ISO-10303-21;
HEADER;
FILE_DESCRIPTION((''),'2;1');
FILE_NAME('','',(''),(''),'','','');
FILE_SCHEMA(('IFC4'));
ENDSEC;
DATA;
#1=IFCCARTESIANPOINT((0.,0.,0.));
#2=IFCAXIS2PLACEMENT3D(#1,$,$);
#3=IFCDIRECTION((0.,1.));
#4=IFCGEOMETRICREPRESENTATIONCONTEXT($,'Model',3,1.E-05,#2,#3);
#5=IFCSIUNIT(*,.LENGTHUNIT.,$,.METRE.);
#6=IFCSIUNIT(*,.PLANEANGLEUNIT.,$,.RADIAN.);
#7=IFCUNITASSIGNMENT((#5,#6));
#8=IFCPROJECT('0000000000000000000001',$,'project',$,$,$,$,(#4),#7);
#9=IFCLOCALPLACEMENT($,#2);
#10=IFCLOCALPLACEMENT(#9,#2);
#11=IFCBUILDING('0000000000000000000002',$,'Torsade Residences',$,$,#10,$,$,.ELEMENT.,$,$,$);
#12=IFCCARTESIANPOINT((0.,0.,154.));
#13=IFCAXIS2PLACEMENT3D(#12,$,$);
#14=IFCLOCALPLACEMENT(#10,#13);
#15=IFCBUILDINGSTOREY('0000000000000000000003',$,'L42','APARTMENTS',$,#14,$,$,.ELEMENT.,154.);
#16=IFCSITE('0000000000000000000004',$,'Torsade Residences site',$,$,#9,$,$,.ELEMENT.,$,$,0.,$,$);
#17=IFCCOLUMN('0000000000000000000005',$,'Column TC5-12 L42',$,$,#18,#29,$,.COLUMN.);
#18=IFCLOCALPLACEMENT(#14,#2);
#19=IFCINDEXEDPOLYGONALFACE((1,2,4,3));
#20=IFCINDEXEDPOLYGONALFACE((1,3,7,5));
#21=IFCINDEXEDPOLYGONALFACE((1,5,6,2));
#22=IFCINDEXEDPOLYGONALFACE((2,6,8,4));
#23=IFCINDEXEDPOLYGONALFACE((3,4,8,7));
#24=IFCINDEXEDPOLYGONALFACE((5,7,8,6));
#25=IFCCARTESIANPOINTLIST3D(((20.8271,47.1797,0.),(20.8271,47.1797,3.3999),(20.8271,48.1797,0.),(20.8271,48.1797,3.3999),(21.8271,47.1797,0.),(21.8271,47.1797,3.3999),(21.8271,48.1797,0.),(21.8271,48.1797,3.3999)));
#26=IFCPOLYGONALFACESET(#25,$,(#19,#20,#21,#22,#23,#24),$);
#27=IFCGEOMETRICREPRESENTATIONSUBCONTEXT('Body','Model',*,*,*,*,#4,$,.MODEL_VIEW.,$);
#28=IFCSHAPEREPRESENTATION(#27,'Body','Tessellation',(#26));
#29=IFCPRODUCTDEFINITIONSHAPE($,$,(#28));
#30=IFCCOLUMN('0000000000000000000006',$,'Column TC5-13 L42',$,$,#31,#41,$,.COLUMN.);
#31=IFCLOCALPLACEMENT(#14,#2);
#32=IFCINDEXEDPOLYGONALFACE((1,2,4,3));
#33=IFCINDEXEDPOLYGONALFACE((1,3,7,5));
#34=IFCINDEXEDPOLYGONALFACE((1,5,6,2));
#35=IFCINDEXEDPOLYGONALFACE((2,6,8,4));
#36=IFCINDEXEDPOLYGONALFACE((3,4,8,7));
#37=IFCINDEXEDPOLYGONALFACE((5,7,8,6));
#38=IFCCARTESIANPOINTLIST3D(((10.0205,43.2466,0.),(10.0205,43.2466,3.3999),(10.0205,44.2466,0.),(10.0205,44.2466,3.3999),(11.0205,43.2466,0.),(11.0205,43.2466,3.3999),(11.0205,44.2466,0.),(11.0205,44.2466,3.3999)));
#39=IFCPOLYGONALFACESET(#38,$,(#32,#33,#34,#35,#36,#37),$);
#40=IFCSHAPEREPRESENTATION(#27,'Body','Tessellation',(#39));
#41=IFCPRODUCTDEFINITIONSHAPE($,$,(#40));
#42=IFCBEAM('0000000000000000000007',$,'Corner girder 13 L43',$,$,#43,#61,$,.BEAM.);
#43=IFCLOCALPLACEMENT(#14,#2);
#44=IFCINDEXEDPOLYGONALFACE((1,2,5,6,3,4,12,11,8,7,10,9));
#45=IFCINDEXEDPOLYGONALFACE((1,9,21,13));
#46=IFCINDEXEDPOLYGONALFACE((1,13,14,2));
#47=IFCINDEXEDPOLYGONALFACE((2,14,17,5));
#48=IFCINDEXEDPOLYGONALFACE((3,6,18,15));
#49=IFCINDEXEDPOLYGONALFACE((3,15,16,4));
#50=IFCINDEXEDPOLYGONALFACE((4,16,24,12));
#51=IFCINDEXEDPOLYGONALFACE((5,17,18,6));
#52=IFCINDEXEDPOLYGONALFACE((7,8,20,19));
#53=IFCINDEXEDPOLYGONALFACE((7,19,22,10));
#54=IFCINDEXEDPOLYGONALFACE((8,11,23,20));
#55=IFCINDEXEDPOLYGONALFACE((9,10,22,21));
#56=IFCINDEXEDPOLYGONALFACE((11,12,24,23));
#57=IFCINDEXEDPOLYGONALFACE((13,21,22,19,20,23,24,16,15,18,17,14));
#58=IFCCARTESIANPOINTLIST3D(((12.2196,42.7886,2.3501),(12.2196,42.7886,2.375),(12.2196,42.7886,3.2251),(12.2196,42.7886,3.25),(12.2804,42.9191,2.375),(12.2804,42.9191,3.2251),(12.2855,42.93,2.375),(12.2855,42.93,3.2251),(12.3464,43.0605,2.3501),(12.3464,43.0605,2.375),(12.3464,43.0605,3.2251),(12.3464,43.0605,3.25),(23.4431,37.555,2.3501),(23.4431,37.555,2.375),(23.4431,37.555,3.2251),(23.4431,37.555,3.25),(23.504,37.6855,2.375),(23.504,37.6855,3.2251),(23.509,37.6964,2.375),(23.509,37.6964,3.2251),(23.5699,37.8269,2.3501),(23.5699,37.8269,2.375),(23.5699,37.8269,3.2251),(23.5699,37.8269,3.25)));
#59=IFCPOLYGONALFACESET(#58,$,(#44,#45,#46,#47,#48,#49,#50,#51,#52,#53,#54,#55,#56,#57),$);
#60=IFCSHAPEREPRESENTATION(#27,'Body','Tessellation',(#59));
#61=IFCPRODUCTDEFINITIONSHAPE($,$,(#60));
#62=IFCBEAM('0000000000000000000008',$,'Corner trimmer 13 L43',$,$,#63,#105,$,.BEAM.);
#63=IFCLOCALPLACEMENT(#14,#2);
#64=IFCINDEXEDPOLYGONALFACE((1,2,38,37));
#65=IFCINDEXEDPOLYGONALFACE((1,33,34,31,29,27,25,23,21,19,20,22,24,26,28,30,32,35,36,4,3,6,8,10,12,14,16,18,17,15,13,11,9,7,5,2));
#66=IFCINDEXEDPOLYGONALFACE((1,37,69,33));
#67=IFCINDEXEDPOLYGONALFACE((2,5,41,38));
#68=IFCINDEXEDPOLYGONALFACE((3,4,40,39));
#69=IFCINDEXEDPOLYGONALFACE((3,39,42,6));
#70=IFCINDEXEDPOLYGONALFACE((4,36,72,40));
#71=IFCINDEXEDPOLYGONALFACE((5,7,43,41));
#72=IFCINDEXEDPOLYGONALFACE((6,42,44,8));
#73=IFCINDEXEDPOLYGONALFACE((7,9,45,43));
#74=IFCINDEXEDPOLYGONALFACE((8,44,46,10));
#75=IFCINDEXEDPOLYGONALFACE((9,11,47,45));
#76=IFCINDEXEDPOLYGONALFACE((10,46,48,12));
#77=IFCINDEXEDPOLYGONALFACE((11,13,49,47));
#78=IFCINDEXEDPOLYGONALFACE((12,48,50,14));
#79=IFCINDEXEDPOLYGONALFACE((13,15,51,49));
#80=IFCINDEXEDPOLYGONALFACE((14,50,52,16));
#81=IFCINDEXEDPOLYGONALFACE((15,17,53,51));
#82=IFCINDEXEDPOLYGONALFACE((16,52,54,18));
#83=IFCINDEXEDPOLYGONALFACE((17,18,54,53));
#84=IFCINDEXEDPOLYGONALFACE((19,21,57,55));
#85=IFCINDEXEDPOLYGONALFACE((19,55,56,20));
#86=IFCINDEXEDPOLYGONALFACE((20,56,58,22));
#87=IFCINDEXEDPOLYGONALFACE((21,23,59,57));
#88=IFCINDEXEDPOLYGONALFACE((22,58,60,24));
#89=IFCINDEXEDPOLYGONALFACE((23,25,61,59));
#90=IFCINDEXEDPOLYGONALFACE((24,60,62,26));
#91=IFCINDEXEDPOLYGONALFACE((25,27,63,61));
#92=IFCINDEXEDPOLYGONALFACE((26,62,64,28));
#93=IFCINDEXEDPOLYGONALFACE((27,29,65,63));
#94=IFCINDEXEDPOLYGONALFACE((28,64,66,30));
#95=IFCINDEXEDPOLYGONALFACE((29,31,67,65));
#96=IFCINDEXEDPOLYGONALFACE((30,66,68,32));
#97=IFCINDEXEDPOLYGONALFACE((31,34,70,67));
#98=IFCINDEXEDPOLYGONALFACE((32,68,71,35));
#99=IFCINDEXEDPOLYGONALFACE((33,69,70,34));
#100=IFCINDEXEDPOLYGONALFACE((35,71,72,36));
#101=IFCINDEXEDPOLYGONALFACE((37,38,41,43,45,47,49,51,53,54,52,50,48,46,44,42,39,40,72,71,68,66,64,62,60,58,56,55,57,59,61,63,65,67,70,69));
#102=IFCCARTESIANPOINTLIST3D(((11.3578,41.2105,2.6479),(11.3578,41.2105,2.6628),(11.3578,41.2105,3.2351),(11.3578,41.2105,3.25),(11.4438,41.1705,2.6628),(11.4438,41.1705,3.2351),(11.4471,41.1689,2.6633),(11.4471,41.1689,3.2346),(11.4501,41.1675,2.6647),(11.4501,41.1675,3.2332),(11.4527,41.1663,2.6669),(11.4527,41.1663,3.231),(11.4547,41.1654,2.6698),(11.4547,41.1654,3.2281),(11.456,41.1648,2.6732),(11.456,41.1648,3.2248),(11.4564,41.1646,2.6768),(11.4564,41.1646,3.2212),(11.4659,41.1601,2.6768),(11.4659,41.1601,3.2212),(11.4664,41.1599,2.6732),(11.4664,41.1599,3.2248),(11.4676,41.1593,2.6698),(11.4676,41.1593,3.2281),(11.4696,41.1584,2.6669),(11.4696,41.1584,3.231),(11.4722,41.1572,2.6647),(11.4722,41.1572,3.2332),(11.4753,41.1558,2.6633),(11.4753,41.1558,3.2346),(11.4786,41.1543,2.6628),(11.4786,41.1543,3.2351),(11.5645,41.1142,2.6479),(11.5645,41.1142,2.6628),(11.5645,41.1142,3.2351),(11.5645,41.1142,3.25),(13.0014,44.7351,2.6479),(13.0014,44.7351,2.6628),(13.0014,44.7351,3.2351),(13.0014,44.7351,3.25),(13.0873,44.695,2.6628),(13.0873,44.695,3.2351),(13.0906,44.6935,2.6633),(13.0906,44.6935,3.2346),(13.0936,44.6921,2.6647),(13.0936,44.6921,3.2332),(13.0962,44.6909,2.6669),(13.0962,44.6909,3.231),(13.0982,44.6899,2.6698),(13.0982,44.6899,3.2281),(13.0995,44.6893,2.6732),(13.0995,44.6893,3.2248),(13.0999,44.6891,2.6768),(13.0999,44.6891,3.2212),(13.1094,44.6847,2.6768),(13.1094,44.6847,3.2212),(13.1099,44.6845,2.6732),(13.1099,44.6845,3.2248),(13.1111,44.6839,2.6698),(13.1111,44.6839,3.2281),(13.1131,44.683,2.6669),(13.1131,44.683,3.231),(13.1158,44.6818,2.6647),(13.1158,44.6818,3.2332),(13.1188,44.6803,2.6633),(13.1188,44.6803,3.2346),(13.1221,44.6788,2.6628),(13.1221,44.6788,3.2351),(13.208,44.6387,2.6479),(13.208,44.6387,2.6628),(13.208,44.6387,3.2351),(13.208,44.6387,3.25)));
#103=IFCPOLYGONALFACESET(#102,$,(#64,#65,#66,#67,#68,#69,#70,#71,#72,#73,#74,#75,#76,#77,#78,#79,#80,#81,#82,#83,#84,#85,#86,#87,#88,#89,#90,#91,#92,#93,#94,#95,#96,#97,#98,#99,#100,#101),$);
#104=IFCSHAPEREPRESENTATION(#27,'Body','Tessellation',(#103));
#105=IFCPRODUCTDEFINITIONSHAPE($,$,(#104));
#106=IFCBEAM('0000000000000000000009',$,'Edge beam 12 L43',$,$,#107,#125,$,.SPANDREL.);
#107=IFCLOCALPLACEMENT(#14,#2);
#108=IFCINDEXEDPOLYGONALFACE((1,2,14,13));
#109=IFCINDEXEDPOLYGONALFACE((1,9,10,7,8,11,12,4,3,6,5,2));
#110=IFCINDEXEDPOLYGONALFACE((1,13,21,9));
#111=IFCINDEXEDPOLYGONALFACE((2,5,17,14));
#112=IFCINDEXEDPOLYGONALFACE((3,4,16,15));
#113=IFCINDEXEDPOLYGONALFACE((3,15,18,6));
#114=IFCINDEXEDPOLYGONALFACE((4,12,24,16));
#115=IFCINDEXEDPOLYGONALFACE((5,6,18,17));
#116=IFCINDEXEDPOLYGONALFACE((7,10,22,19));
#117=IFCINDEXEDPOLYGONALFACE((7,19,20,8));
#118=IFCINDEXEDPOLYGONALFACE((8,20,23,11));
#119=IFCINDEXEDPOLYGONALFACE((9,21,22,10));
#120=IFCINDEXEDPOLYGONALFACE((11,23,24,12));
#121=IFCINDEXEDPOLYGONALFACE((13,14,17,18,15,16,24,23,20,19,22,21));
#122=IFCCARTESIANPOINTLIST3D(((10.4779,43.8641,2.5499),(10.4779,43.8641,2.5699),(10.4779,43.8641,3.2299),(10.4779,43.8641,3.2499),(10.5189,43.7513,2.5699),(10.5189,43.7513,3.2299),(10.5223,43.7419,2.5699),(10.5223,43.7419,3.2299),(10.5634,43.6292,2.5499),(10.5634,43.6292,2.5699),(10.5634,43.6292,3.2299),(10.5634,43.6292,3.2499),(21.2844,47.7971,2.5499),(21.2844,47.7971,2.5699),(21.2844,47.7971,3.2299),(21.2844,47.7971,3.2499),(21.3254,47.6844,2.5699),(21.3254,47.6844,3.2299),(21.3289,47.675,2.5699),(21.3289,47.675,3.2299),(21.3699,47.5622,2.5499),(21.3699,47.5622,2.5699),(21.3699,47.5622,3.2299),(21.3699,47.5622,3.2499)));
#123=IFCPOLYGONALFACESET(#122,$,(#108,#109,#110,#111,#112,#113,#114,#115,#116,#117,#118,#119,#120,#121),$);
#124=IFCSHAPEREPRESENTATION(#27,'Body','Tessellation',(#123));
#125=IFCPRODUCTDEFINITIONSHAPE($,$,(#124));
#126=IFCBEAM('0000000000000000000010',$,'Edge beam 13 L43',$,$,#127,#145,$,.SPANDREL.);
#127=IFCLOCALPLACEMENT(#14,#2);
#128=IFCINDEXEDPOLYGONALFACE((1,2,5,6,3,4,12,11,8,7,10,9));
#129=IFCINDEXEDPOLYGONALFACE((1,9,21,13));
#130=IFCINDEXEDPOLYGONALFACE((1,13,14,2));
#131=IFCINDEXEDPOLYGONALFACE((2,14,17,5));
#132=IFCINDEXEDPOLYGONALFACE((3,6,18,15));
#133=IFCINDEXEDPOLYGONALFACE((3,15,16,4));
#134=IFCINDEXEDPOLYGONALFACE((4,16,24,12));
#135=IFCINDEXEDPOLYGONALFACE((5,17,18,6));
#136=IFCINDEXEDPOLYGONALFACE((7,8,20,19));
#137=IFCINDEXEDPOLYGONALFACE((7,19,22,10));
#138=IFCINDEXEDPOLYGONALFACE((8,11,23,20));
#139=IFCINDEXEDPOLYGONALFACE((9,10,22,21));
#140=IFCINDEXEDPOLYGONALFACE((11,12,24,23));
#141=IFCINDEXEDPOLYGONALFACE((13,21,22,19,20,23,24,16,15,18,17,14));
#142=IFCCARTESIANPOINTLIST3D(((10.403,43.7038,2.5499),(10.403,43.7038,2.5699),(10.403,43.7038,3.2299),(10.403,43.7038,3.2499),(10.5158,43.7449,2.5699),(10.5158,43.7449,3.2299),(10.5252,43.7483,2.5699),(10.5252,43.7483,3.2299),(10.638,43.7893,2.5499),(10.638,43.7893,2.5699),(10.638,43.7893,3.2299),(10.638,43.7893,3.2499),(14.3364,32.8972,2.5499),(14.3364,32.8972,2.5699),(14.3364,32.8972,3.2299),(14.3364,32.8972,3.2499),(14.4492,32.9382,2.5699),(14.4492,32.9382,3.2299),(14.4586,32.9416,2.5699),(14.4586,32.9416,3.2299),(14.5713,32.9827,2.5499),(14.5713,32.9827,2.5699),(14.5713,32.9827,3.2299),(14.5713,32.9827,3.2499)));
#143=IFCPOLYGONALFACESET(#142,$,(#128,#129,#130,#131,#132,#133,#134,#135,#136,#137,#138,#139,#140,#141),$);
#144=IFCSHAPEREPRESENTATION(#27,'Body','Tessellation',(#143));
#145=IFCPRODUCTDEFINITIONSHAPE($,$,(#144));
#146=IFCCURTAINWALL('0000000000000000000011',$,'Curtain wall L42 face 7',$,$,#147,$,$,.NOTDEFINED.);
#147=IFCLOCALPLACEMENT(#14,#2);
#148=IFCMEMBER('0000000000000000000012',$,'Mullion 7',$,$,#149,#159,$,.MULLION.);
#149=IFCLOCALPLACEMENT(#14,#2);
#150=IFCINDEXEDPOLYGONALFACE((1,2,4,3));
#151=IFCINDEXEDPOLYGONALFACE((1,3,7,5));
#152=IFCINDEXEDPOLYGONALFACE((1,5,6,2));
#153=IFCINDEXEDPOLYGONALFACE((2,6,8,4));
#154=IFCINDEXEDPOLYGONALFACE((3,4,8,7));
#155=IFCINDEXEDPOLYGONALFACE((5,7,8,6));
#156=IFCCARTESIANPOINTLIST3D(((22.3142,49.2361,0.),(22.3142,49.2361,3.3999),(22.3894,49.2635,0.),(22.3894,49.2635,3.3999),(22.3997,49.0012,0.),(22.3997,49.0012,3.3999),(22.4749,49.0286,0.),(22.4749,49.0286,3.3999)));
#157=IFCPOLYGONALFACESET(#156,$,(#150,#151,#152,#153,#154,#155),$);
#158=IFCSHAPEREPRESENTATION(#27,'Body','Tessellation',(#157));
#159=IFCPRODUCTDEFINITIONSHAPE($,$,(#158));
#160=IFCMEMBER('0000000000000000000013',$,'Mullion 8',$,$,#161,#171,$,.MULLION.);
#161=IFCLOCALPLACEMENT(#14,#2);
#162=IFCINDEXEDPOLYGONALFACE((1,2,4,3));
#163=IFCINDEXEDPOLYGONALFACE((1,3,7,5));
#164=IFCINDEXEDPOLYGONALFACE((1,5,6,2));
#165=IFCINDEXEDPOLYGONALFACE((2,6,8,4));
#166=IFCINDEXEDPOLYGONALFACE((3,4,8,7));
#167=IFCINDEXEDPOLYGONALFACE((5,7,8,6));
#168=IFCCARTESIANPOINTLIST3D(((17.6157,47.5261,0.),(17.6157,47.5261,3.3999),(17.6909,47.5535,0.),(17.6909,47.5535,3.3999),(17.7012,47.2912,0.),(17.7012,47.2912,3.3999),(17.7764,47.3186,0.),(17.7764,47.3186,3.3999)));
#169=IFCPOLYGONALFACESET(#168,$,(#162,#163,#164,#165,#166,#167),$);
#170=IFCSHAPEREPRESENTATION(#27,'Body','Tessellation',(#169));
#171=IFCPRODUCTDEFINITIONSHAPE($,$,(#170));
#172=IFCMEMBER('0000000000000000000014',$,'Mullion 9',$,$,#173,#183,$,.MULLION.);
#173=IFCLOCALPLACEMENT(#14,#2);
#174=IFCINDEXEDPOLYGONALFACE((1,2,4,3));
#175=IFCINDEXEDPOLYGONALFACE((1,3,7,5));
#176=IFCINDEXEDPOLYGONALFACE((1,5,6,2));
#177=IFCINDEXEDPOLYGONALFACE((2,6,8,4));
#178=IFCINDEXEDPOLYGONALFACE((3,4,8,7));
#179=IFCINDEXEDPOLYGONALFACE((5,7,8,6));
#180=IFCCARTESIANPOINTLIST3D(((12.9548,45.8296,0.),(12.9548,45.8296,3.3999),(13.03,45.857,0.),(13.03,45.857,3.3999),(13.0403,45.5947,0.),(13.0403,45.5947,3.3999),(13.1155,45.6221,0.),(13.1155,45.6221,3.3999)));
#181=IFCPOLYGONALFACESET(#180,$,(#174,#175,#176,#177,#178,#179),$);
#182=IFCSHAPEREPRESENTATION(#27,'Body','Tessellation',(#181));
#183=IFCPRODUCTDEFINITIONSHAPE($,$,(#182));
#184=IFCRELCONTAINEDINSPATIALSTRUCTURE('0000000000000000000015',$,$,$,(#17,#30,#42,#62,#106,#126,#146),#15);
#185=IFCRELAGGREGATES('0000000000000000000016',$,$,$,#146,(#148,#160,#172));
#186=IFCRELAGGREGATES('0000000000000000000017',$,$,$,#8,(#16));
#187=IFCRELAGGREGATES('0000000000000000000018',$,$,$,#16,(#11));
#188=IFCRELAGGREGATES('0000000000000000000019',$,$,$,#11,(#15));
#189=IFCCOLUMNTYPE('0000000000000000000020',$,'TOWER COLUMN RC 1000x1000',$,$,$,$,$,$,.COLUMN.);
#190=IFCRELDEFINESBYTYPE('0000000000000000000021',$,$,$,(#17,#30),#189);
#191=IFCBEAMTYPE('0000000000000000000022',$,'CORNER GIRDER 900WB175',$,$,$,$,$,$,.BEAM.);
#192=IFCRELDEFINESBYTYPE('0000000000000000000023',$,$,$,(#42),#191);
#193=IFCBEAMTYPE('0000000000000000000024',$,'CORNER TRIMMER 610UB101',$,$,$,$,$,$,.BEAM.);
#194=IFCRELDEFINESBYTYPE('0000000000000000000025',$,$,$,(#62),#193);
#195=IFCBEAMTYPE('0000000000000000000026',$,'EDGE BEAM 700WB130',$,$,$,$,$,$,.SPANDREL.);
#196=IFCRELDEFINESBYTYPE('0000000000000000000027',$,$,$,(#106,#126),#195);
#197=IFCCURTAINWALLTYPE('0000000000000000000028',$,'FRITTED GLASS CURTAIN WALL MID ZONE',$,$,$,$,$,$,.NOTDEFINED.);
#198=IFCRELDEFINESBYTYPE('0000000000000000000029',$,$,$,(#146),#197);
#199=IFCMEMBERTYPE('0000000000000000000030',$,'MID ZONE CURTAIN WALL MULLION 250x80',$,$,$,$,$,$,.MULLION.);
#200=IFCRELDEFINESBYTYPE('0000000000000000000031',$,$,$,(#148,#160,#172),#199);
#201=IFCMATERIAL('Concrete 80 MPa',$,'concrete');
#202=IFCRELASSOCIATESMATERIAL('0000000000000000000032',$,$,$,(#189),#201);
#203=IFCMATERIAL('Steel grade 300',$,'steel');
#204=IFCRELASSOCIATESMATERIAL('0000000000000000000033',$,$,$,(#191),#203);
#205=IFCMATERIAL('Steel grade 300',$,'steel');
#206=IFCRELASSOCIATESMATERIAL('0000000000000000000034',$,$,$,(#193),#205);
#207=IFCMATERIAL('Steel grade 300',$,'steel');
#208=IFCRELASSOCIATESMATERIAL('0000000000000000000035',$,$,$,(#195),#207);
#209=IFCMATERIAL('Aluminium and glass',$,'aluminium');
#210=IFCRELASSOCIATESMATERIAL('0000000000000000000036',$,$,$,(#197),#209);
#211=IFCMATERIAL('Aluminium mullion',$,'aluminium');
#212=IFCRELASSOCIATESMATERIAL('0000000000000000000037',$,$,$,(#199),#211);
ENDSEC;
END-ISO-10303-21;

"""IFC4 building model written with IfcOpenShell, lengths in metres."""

from ifc_helpers import new_model, si_unit, direction, frame, origin, origin_2d, place, context, subcontext, project, spatial, rectangle, i_section, extrude, material, material_profile, profile_set, type_object, element, aggregate, save


model = new_model("IFC4")

# Units and contexts
model_context = context("Model", 3, precision=1e-05, world=origin(), true_north=direction((0.0, 1.0)))
body_context = subcontext(model_context, "Body", "Model", "MODEL_VIEW")
ifc_project = project(units=[si_unit("LENGTHUNIT", "METRE"), si_unit("PLANEANGLEUNIT", "RADIAN")], contexts=[model_context])

# Site, building, storey
site_placement = place(None, origin())
site = spatial("IfcSite", under=ifc_project, at=site_placement, Name="Torsade Residences site", CompositionType="ELEMENT", RefElevation=0.0)
building_placement = place(site_placement, origin())
building = spatial("IfcBuilding", under=site, at=building_placement, Name="Torsade Residences", CompositionType="ELEMENT")
storey_placement = place(building_placement, frame((0.0, 0.0, 154.0)))
storey = spatial("IfcBuildingStorey", under=building, at=storey_placement, Name="L42", Description="APARTMENTS", CompositionType="ELEMENT", Elevation=154.0)

# Columns
ifc_material_1 = material(Name="Concrete 80 MPa", Category="concrete")
ifc_material_profile_1 = material_profile(ifc_material_1, rectangle(XDim=1.0, YDim=1.0, at=origin_2d()), Name="RC 1000x1000")
ifc_profile_set_1 = profile_set([ifc_material_profile_1], Name="Concrete 80 MPa")
column_type = type_object("IfcColumnType", Name="TOWER COLUMN RC 1000x1000", PredefinedType="COLUMN", material=ifc_profile_set_1)
for number, where, z_axis, x_axis, name in (
    (1, (21.3271, 47.6797, 0.0), (0.0, 0.0, 1.0), (1.0, 0.0, 0.0), "Column TC5-12 L42"),
    (2, (10.5205, 43.7466, 0.0), (0.0, 0.0, 1.0), (1.0, 0.0, 0.0), "Column TC5-13 L42"),
):
    element("IfcColumn", number, at=place(storey_placement, frame(where, z_axis=z_axis, x_axis=x_axis)), inside=storey, type_object=column_type, Name=name, PredefinedType="COLUMN", context=body_context, shape_type="SweptSolid", body=[
        extrude(rectangle(XDim=1.0, YDim=1.0, at=origin_2d()), origin(), (0.0, 0.0, 1.0), 3.3999),
    ])

# Beams
ifc_material_2 = material(Name="Steel grade 300", Category="steel")
ifc_material_profile_2 = material_profile(ifc_material_2, i_section(OverallWidth=0.3, OverallDepth=0.8999, WebThickness=0.012, FlangeThickness=0.0249, at=origin_2d()), Name="900WB175")
ifc_profile_set_2 = profile_set([ifc_material_profile_2], Name="Steel grade 300")
beam_type_1 = type_object("IfcBeamType", Name="CORNER GIRDER 900WB175", PredefinedType="BEAM", material=ifc_profile_set_2)
beam_1_placement = place(storey_placement, frame((12.283, 42.9246, 2.8), z_axis=(0.906309, -0.422617, 0.0), x_axis=(0.422617, 0.906309, 0.0)))
element("IfcBeam", 3, at=beam_1_placement, inside=storey, type_object=beam_type_1, Name="Corner girder 13 L43", PredefinedType="BEAM", context=body_context, shape_type="SweptSolid", body=[
    extrude(i_section(OverallWidth=0.3, OverallDepth=0.8999, WebThickness=0.012, FlangeThickness=0.0249, at=origin_2d()), origin(), (0.0, 0.0, 1.0), 12.3838),
])
ifc_material_3 = material(Name="Steel grade 300", Category="steel")
ifc_material_profile_3 = material_profile(ifc_material_3, i_section(OverallWidth=0.228, OverallDepth=0.6021, WebThickness=0.0105, FlangeThickness=0.0149, FilletRadius=0.0139, at=origin_2d()), Name="610UB101")
ifc_profile_set_3 = profile_set([ifc_material_profile_3], Name="Steel grade 300")
beam_type_2 = type_object("IfcBeamType", Name="CORNER TRIMMER 610UB101", PredefinedType="BEAM", material=ifc_profile_set_3)
beam_2_placement = place(storey_placement, frame((11.4612, 41.1624, 2.949), z_axis=(0.422614, 0.90631, 0.0), x_axis=(-0.90631, 0.422614, 0.0)))
element("IfcBeam", 4, at=beam_2_placement, inside=storey, type_object=beam_type_2, Name="Corner trimmer 13 L43", PredefinedType="BEAM", context=body_context, shape_type="SweptSolid", body=[
    extrude(i_section(OverallWidth=0.228, OverallDepth=0.6021, WebThickness=0.0105, FlangeThickness=0.0149, FilletRadius=0.0139, at=origin_2d()), origin(), (0.0, 0.0, 1.0), 3.8889),
])
ifc_material_4 = material(Name="Steel grade 300", Category="steel")
ifc_material_profile_4 = material_profile(ifc_material_4, i_section(OverallWidth=0.25, OverallDepth=0.7, WebThickness=0.01, FlangeThickness=0.02, at=origin_2d()), Name="700WB130")
ifc_profile_set_4 = profile_set([ifc_material_profile_4], Name="Steel grade 300")
beam_type_3 = type_object("IfcBeamType", Name="EDGE BEAM 700WB130", PredefinedType="SPANDREL", material=ifc_profile_set_4)
beam_3_placement = place(storey_placement, frame((21.3271, 47.6797, 2.8999), z_axis=(-0.939698, -0.342006, 0.0), x_axis=(0.342006, -0.939698, 0.0)))
element("IfcBeam", 5, at=beam_3_placement, inside=storey, type_object=beam_type_3, Name="Edge beam 12 L43", PredefinedType="SPANDREL", context=body_context, shape_type="SweptSolid", body=[
    extrude(i_section(OverallWidth=0.25, OverallDepth=0.7, WebThickness=0.01, FlangeThickness=0.02, at=origin_2d()), origin(), (0.0, 0.0, 1.0), 11.5),
])
beam_4_placement = place(storey_placement, frame((10.5205, 43.7466, 2.8999), z_axis=(0.342024, -0.939691, 0.0), x_axis=(0.939691, 0.342024, 0.0)))
element("IfcBeam", 6, at=beam_4_placement, inside=storey, type_object=beam_type_3, Name="Edge beam 13 L43", PredefinedType="SPANDREL", context=body_context, shape_type="SweptSolid", body=[
    extrude(i_section(OverallWidth=0.25, OverallDepth=0.7, WebThickness=0.01, FlangeThickness=0.02, at=origin_2d()), origin(), (0.0, 0.0, 1.0), 11.5002),
])

# Curtain wall, members
ifc_material_5 = material(Name="Aluminium and glass", Category="aluminium")
curtain_wall_type = type_object("IfcCurtainWallType", Name="FRITTED GLASS CURTAIN WALL MID ZONE", PredefinedType="NOTDEFINED", material=ifc_material_5)
curtain_wall_placement = place(storey_placement, origin())
curtain_wall = element("IfcCurtainWall", 7, at=curtain_wall_placement, inside=storey, type_object=curtain_wall_type, Name="Curtain wall L42 face 7", PredefinedType="NOTDEFINED")
ifc_material_6 = material(Name="Aluminium mullion", Category="aluminium")
ifc_material_profile_5 = material_profile(ifc_material_6, rectangle(XDim=0.25, YDim=0.0801, at=origin_2d()), Name="MID ZONE CURTAIN WALL MULLION 250x80")
ifc_profile_set_5 = profile_set([ifc_material_profile_5], Name="Aluminium mullion")
member_type_1 = type_object("IfcMemberType", Name="MID ZONE CURTAIN WALL MULLION 250x80", PredefinedType="MULLION", material=ifc_profile_set_5)
member_1_placement = place(storey_placement, frame((22.3945, 49.1323, 0.0), z_axis=(0.0, 0.0, 1.0), x_axis=(0.34202, -0.939693, 0.0)))
member_1 = element("IfcMember", 8, at=member_1_placement, type_object=member_type_1, Name="Mullion 7", PredefinedType="MULLION", context=body_context, shape_type="SweptSolid", body=[
    extrude(rectangle(XDim=0.25, YDim=0.0801, at=origin_2d()), origin(), (0.0, 0.0, 1.0), 3.3999),
])
member_2_placement = place(storey_placement, frame((17.696, 47.4224, 0.0), z_axis=(0.0, 0.0, 1.0), x_axis=(0.34202, -0.939693, 0.0)))
member_2 = element("IfcMember", 9, at=member_2_placement, type_object=member_type_1, Name="Mullion 8", PredefinedType="MULLION", context=body_context, shape_type="SweptSolid", body=[
    extrude(rectangle(XDim=0.25, YDim=0.0801, at=origin_2d()), origin(), (0.0, 0.0, 1.0), 3.3999),
])
member_3_placement = place(storey_placement, frame((13.0352, 45.7258, 0.0), z_axis=(0.0, 0.0, 1.0), x_axis=(0.34202, -0.939693, 0.0)))
member_3 = element("IfcMember", 10, at=member_3_placement, type_object=member_type_1, Name="Mullion 9", PredefinedType="MULLION", context=body_context, shape_type="SweptSolid", body=[
    extrude(rectangle(XDim=0.25, YDim=0.0801, at=origin_2d()), origin(), (0.0, 0.0, 1.0), 3.3999),
])

aggregate(curtain_wall, [member_1, member_2, member_3])

save(model, "model.ifc")
